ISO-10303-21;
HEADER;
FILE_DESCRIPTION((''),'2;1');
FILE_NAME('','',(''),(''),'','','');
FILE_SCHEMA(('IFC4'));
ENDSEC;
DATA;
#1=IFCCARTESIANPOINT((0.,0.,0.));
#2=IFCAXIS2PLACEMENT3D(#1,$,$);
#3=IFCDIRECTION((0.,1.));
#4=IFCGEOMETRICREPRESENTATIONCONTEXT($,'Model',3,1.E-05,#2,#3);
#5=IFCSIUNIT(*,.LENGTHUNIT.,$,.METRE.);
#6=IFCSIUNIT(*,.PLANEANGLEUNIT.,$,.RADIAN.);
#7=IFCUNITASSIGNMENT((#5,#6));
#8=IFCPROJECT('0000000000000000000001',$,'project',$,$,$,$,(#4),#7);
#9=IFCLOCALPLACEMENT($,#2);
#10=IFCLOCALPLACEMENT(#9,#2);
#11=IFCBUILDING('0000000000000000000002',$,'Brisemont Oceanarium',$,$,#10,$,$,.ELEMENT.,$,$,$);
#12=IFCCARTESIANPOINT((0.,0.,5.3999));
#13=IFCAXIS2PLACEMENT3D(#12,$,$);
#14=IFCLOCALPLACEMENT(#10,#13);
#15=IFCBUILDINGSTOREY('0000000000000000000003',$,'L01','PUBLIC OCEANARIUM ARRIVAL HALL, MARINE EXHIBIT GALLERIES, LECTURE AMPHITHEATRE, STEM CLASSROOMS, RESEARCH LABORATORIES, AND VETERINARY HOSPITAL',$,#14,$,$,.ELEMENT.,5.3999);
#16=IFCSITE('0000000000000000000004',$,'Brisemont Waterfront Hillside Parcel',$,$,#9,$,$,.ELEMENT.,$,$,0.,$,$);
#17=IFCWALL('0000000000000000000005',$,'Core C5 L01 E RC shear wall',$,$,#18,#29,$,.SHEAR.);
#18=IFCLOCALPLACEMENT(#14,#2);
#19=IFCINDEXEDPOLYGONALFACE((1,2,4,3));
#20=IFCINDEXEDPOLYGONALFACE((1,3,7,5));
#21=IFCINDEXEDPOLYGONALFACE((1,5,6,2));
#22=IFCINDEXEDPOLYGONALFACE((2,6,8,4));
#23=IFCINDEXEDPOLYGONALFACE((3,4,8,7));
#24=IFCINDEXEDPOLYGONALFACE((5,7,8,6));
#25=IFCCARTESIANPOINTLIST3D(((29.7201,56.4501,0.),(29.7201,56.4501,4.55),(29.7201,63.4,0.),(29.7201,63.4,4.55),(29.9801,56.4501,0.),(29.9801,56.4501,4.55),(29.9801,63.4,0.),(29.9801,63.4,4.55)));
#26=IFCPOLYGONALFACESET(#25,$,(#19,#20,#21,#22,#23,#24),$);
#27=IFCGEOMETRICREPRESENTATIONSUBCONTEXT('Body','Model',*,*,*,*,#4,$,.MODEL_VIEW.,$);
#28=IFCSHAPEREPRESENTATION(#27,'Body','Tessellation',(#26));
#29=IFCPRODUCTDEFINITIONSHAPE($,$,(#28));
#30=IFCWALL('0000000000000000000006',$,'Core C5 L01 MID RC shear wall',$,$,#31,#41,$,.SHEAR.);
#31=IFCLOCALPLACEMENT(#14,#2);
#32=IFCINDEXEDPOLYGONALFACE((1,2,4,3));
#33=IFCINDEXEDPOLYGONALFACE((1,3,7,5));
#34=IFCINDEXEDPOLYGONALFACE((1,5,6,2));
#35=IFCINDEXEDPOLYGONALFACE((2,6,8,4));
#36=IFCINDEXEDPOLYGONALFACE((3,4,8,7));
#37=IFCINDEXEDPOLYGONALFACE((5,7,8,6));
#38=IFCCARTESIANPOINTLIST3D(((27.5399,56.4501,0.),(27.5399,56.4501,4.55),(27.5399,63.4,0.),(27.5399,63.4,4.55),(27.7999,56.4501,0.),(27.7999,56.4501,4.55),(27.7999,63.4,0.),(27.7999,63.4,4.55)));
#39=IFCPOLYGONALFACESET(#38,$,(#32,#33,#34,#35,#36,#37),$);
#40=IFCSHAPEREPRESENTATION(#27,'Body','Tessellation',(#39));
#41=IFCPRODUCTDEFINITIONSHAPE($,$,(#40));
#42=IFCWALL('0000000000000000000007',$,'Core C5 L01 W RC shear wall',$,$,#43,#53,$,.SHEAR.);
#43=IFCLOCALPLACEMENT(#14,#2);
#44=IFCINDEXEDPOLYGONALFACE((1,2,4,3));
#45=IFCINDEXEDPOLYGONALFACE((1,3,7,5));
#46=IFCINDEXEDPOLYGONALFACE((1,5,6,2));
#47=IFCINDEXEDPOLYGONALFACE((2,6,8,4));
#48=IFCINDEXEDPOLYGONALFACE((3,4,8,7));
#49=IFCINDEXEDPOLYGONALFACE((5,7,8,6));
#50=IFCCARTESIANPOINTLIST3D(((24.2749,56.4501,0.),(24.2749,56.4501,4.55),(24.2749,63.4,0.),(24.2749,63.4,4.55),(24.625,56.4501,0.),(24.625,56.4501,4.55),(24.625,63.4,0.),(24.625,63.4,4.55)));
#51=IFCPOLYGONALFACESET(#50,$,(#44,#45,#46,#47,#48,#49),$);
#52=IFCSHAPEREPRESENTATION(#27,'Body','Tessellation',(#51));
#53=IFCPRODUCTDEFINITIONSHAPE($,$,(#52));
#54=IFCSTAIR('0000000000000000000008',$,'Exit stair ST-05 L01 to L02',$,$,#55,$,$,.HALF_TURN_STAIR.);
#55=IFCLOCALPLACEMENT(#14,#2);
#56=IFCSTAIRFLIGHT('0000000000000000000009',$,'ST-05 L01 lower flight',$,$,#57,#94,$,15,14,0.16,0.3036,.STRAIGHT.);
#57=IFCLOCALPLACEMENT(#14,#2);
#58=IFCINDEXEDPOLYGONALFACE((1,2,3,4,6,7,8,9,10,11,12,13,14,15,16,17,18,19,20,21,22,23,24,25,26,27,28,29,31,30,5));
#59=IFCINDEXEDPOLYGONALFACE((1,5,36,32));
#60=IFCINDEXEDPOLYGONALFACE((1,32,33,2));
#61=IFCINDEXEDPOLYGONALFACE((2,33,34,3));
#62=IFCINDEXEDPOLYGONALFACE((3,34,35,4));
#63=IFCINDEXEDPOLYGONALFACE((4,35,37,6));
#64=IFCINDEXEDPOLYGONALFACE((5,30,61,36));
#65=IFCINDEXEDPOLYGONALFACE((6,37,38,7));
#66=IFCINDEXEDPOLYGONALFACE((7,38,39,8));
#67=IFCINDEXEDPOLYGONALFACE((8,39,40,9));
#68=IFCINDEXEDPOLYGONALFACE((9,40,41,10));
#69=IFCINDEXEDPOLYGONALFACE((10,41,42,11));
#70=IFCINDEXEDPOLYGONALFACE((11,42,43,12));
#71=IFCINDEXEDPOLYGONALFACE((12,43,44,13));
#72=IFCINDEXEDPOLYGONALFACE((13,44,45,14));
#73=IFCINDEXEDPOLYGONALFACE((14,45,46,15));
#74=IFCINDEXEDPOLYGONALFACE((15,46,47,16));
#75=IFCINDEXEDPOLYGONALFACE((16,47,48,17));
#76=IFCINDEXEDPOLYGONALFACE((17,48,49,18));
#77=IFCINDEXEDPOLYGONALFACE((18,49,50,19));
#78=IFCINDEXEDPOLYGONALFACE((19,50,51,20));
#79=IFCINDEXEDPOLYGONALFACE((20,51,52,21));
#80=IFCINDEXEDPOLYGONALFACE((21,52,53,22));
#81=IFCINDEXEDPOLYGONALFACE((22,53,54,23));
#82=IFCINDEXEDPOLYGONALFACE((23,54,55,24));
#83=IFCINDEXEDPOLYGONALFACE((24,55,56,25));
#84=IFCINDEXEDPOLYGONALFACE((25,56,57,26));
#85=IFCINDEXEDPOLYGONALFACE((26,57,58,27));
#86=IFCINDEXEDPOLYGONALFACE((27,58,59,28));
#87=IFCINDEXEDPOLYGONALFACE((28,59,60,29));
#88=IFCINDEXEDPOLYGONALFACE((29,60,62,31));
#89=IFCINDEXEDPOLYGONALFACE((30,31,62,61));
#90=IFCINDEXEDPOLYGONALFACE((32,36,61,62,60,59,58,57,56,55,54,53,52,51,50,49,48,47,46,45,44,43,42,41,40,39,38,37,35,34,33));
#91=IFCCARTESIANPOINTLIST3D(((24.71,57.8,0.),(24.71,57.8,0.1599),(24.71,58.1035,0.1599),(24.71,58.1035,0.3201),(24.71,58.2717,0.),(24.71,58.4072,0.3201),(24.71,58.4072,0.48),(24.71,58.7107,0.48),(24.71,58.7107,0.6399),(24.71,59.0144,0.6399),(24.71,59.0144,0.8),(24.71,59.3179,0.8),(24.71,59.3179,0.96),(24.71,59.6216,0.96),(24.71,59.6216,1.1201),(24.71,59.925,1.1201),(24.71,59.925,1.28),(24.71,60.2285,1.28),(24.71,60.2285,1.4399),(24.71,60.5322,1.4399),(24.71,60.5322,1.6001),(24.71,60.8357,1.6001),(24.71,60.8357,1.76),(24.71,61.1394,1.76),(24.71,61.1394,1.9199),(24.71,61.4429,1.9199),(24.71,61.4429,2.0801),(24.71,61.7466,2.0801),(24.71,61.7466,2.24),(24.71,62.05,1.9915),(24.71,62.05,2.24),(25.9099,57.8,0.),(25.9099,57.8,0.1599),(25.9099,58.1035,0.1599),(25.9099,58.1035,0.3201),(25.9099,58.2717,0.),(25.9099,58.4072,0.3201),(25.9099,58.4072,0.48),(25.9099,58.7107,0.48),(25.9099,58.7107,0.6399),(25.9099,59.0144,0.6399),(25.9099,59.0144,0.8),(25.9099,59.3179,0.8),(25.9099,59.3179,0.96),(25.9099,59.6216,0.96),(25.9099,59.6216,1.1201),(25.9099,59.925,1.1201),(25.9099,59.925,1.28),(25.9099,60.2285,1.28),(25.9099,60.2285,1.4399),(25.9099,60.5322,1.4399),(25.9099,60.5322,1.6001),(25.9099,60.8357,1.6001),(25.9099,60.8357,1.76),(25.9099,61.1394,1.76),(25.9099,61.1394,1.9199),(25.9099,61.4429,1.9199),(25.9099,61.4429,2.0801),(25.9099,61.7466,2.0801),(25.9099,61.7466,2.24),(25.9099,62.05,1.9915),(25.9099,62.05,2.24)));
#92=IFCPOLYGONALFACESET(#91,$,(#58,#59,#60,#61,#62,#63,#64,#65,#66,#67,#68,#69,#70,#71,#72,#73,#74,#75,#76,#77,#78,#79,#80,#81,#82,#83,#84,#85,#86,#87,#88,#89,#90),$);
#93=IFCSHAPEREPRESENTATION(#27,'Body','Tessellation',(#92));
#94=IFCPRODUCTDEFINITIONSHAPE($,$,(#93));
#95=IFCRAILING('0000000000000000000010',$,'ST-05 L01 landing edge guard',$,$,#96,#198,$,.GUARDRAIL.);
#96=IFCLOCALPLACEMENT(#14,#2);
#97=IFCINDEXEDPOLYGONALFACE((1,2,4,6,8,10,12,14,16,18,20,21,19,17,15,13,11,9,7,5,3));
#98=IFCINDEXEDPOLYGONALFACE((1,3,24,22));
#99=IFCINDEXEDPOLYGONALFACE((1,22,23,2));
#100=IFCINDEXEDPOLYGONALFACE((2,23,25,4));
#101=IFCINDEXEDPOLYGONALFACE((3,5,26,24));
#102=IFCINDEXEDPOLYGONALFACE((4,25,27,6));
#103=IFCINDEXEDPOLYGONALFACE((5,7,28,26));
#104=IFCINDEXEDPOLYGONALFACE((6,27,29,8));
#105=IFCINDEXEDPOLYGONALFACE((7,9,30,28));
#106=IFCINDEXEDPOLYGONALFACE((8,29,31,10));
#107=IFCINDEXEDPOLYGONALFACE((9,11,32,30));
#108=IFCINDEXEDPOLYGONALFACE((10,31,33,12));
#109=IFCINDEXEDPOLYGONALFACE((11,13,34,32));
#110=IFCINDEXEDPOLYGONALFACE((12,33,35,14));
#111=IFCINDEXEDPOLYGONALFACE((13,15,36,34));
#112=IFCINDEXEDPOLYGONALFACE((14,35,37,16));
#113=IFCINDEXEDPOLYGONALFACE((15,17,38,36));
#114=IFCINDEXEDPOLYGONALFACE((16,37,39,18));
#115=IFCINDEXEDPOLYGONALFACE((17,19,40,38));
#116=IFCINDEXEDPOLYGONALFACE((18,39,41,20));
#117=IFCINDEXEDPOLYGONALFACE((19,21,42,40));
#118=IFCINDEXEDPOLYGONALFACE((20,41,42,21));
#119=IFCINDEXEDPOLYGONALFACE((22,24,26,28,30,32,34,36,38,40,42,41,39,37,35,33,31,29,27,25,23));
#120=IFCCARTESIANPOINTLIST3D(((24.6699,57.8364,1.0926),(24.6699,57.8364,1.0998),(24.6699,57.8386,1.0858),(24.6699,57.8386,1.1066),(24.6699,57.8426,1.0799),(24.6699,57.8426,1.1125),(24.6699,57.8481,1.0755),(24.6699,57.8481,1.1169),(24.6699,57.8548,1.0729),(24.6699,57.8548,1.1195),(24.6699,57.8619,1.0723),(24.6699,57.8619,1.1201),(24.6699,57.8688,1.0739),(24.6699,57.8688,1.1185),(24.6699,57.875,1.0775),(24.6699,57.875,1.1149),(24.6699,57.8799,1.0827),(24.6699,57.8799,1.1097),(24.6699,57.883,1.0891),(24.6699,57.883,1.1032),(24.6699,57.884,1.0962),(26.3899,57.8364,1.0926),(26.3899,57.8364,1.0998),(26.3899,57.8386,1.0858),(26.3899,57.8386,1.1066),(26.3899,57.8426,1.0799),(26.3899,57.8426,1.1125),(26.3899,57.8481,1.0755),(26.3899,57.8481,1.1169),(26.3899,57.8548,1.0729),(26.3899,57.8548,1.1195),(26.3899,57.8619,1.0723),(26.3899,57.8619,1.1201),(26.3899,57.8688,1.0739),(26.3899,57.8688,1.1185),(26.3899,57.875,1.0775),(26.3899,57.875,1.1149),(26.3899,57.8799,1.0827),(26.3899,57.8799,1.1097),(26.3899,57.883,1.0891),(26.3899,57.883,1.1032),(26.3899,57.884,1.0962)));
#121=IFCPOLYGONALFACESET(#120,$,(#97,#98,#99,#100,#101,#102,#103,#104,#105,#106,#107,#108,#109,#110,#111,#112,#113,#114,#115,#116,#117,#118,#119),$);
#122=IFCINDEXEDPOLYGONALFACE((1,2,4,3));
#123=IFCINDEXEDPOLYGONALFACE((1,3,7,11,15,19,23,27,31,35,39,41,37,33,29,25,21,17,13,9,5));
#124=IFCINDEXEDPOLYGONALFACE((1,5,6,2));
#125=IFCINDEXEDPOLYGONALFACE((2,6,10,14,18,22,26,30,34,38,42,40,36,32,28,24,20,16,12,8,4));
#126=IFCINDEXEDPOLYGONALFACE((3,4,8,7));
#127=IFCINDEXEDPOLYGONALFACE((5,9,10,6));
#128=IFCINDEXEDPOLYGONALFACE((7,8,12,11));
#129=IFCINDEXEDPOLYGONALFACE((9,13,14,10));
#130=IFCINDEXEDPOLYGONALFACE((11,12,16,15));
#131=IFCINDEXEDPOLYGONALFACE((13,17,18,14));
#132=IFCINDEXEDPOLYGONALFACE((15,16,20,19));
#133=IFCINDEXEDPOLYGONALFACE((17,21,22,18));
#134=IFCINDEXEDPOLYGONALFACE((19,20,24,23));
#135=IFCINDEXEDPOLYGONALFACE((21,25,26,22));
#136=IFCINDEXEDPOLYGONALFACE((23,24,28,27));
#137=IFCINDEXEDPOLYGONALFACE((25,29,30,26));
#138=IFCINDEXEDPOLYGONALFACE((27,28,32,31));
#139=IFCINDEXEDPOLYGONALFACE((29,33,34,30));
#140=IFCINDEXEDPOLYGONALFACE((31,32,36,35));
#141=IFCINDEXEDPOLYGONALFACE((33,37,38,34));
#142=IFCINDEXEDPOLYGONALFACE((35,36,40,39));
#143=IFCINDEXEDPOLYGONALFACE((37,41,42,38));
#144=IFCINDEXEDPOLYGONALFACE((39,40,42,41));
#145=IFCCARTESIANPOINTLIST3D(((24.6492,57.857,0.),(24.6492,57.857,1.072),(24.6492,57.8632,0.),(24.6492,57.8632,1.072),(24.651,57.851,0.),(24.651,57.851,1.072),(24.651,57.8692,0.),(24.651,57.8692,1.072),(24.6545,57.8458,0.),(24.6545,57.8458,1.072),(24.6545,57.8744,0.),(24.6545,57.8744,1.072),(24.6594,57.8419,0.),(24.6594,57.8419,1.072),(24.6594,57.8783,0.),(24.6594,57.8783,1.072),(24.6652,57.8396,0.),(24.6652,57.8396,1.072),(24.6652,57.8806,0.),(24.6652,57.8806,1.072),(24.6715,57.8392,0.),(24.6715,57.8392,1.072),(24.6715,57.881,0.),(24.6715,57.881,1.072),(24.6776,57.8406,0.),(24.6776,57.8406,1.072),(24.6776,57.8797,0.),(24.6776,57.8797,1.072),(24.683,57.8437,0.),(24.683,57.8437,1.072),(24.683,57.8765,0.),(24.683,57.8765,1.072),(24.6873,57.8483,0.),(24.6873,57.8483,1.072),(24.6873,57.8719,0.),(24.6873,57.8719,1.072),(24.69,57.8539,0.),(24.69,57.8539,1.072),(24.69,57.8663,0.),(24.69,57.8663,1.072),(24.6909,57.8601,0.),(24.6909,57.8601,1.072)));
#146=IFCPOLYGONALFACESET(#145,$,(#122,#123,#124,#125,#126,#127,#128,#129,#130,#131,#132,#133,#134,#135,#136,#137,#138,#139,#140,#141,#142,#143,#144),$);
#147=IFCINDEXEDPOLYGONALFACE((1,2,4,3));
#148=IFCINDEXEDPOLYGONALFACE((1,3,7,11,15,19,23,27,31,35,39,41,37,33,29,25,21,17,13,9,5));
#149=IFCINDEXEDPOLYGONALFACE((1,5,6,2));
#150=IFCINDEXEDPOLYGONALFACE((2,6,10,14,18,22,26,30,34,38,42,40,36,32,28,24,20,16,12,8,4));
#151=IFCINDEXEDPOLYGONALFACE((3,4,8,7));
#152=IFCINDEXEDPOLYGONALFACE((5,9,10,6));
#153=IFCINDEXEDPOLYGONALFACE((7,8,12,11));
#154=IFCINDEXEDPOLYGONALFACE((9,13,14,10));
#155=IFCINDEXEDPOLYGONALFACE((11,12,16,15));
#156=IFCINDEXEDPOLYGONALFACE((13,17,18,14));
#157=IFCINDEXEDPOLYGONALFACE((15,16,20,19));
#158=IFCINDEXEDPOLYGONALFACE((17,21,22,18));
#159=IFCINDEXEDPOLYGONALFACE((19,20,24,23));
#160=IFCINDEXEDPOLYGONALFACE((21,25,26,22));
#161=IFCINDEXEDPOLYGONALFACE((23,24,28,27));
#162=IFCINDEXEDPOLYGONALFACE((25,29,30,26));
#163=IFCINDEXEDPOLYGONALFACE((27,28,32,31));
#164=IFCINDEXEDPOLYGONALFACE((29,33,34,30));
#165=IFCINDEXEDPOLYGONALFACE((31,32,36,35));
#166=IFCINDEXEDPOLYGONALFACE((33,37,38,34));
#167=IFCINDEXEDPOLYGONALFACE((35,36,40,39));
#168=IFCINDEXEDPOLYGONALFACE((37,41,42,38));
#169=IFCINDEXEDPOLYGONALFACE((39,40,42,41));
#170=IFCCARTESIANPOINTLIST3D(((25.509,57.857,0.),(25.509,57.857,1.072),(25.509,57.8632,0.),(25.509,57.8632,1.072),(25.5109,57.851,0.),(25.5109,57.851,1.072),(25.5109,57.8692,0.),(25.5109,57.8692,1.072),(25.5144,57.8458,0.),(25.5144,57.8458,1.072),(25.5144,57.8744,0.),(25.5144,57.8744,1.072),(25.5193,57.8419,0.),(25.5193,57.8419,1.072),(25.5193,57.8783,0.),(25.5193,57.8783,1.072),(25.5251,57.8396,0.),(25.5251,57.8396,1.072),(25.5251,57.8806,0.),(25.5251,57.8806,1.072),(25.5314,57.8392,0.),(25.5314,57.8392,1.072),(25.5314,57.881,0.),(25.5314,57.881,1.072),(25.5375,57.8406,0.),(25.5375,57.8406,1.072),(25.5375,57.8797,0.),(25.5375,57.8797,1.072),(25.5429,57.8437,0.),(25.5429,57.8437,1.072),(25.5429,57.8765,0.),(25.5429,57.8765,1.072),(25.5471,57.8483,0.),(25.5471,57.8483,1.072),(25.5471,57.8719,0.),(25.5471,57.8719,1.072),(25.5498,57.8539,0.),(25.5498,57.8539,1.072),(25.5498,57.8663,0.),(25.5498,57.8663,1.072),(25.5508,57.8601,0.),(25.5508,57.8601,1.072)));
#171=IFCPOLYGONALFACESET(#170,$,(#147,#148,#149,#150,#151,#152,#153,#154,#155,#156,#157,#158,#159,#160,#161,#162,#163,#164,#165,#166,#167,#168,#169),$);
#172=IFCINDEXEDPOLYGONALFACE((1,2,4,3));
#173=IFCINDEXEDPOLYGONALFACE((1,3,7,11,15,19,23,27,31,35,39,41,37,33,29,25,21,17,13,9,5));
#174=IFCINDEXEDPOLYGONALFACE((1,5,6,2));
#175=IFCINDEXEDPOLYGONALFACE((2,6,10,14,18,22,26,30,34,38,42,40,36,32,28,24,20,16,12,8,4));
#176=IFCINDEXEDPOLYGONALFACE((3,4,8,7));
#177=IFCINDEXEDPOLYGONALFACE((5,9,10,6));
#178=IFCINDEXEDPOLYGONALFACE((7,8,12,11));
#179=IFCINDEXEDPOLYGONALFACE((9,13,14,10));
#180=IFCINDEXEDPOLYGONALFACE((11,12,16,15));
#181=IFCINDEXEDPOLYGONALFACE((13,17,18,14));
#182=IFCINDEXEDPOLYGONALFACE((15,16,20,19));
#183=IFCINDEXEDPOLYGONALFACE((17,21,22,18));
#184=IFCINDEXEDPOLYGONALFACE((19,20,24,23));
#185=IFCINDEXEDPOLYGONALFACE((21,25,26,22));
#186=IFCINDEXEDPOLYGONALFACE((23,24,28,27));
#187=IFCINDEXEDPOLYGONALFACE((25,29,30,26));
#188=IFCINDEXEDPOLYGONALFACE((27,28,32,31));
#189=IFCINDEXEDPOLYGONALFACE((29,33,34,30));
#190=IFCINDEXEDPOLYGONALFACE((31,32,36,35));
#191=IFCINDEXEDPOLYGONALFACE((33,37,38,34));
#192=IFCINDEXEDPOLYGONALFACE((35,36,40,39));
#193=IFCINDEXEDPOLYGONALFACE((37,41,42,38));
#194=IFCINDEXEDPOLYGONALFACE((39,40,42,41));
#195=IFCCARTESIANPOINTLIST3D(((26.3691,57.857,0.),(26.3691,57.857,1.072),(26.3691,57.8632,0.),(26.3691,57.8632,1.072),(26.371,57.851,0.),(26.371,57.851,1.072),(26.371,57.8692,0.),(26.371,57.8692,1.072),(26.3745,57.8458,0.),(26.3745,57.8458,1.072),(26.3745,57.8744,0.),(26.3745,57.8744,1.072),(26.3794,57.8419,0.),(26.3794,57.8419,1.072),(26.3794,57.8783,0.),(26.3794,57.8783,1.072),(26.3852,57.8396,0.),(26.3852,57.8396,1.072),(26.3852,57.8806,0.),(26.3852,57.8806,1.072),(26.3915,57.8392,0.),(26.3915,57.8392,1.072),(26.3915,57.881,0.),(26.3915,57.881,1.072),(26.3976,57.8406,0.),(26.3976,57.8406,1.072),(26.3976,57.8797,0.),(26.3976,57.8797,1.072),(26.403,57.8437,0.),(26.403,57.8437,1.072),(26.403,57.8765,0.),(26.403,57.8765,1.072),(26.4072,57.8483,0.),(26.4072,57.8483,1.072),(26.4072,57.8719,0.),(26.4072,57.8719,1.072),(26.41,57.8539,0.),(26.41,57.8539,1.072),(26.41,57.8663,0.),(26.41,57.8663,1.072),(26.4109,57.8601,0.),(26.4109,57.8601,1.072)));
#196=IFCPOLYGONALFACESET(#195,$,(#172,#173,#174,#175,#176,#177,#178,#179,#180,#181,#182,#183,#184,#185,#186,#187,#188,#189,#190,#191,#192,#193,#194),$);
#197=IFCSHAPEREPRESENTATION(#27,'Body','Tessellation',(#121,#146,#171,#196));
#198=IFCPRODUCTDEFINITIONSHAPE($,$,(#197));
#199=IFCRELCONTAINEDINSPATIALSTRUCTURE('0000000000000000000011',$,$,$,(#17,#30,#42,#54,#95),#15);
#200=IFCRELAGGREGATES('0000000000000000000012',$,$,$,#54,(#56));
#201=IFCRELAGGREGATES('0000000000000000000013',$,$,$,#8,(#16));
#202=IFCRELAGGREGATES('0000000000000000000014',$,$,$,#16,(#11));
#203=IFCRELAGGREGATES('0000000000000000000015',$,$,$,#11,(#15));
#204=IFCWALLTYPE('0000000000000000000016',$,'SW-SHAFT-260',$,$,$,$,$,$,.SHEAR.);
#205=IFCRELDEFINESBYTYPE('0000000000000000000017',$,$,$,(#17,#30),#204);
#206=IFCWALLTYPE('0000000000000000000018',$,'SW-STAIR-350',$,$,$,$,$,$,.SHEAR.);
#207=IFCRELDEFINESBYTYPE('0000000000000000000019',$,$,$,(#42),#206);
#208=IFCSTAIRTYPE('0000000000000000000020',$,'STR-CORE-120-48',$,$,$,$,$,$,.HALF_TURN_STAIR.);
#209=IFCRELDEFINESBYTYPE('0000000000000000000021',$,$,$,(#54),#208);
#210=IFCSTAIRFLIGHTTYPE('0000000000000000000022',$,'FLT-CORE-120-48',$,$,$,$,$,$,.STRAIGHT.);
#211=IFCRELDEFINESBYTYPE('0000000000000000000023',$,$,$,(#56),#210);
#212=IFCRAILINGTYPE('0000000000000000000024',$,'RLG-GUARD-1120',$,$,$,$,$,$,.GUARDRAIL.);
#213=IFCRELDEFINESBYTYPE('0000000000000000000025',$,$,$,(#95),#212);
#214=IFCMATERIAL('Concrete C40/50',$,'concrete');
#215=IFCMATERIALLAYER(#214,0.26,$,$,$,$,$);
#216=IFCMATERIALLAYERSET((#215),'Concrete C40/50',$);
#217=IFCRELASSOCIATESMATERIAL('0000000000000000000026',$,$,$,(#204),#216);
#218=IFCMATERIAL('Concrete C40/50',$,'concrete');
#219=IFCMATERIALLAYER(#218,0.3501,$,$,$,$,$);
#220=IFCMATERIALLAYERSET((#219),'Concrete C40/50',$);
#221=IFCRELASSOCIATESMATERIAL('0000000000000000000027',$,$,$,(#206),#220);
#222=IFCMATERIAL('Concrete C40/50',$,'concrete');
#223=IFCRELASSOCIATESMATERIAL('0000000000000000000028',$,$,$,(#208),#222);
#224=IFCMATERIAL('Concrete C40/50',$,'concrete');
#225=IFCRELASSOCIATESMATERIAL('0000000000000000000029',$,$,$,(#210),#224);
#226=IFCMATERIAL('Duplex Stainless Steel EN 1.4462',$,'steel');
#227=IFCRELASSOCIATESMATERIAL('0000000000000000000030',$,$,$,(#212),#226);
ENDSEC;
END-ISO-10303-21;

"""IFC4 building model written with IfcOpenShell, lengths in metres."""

from ifc_helpers import new_model, si_unit, direction, frame, frame_2d, origin, origin_2d, place, context, subcontext, project, spatial, polyline, rectangle, circle, outline, extrude, material, layer, layer_set, type_object, element, aggregate, save


model = new_model("IFC4")

# Units and contexts
model_context = context("Model", 3, precision=1e-05, world=origin(), true_north=direction((0.0, 1.0)))
body_context = subcontext(model_context, "Body", "Model", "MODEL_VIEW")
ifc_project = project(units=[si_unit("LENGTHUNIT", "METRE"), si_unit("PLANEANGLEUNIT", "RADIAN")], contexts=[model_context])

# Site, building, storey
site_placement = place(None, origin())
site = spatial("IfcSite", under=ifc_project, at=site_placement, Name="Brisemont Waterfront Hillside Parcel", CompositionType="ELEMENT", RefElevation=0.0)
building_placement = place(site_placement, origin())
building = spatial("IfcBuilding", under=site, at=building_placement, Name="Brisemont Oceanarium", CompositionType="ELEMENT")
storey_placement = place(building_placement, frame((0.0, 0.0, 5.3999)))
storey = spatial("IfcBuildingStorey", under=building, at=storey_placement, Name="L01", Description="PUBLIC OCEANARIUM ARRIVAL HALL, MARINE EXHIBIT GALLERIES, LECTURE AMPHITHEATRE, STEM CLASSROOMS, RESEARCH LABORATORIES, AND VETERINARY HOSPITAL", CompositionType="ELEMENT", Elevation=5.3999)

# Walls
ifc_material_1 = material(Name="Concrete C40/50", Category="concrete")
ifc_layer_1 = layer(ifc_material_1, 0.26)
ifc_layer_set_1 = layer_set([ifc_layer_1], Name="Concrete C40/50")
wall_type_1 = type_object("IfcWallType", Name="SW-SHAFT-260", PredefinedType="SHEAR", material=ifc_layer_set_1)
for number, where, z_axis, x_axis, name in (
    (1, (29.8501, 56.45, 0.0), (0.0, 0.0, 1.0), (0.0, 1.0, 0.0), "Core C5 L01 E RC shear wall"),
    (2, (27.6699, 56.45, 0.0), (0.0, 0.0, 1.0), (0.0, 1.0, 0.0), "Core C5 L01 MID RC shear wall"),
):
    element("IfcWall", number, at=place(storey_placement, frame(where, z_axis=z_axis, x_axis=x_axis)), inside=storey, type_object=wall_type_1, Name=name, PredefinedType="SHEAR", context=body_context, shape_type="SweptSolid", body=[
        extrude(rectangle(XDim=6.95, YDim=0.26, at=frame_2d((3.4751, 0.0))), origin(), (0.0, 0.0, 1.0), 4.55),
    ])

# Shared definitions
ifc_material_2 = material(Name="Concrete C40/50", Category="concrete")
ifc_layer_2 = layer(ifc_material_2, 0.3501)
ifc_layer_set_2 = layer_set([ifc_layer_2], Name="Concrete C40/50")
wall_type_2 = type_object("IfcWallType", Name="SW-STAIR-350", PredefinedType="SHEAR", material=ifc_layer_set_2)

# Wall
wall_1_placement = place(storey_placement, frame((24.45, 56.45, 0.0), z_axis=(0.0, 0.0, 1.0), x_axis=(0.0, 1.0, 0.0)))
element("IfcWall", 3, at=wall_1_placement, inside=storey, type_object=wall_type_2, Name="Core C5 L01 W RC shear wall", PredefinedType="SHEAR", context=body_context, shape_type="SweptSolid", body=[
    extrude(rectangle(XDim=6.95, YDim=0.3501, at=frame_2d((3.4751, 0.0))), origin(), (0.0, 0.0, 1.0), 4.55),
])

# Stair, stair flight
ifc_material_3 = material(Name="Concrete C40/50", Category="concrete")
stair_type = type_object("IfcStairType", Name="STR-CORE-120-48", PredefinedType="HALF_TURN_STAIR", material=ifc_material_3)
stair_placement = place(storey_placement, origin())
stair = element("IfcStair", 4, at=stair_placement, inside=storey, type_object=stair_type, Name="Exit stair ST-05 L01 to L02", PredefinedType="HALF_TURN_STAIR")
ifc_material_4 = material(Name="Concrete C40/50", Category="concrete")
stair_flight_type = type_object("IfcStairFlightType", Name="FLT-CORE-120-48", PredefinedType="STRAIGHT", material=ifc_material_4)
stair_flight_placement = place(storey_placement, frame((25.3101, 57.8, 0.0), z_axis=(0.0, 0.0, 1.0), x_axis=(0.0, 1.0, 0.0)))
stair_flight = element("IfcStairFlight", 5, at=stair_flight_placement, type_object=stair_flight_type, Name="ST-05 L01 lower flight", NumberOfRisers=15, NumberOfTreads=14, PredefinedType="STRAIGHT", RiserHeight=0.16, TreadLength=0.3036, context=body_context, shape_type="SweptSolid", body=[
    extrude(outline(polyline([(0.0, 0.0), (0.0, 0.1599), (0.3035, 0.1599), (0.3035, 0.3201), (0.6072, 0.3201), (0.6072, 0.48), (0.9106, 0.48), (0.9106, 0.6399), (1.2144, 0.6399), (1.2144, 0.8), (1.5178, 0.8), (1.5178, 0.96), (1.8215, 0.96), (1.8215, 1.1201), (2.125, 1.1201), (2.125, 1.28), (2.4285, 1.28), (2.4285, 1.4399), (2.7322, 1.4399), (2.7322, 1.6001), (3.0356, 1.6001), (3.0356, 1.76), (3.3394, 1.76), (3.3394, 1.9199), (3.6428, 1.9199), (3.6428, 2.0801), (3.9465, 2.0801), (3.9465, 2.24), (4.25, 2.24), (4.25, 2.3999), (4.25, 1.9915), (0.4717, 0.0), (0.0, 0.0)])), frame((0.0, 0.6001, 0.0), z_axis=(0.0, -1.0, 0.0), x_axis=(1.0, 0.0, 0.0)), (0.0, 0.0, 1.0), 1.2),
])
aggregate(stair, [stair_flight])

# Railing
ifc_material_5 = material(Name="Duplex Stainless Steel EN 1.4462", Category="steel")
railing_type_1 = type_object("IfcRailingType", Name="RLG-GUARD-1120", PredefinedType="GUARDRAIL", material=ifc_material_5)
railing_1_placement = place(storey_placement, frame((24.6699, 57.8601, 0.0)))
element("IfcRailing", 6, at=railing_1_placement, inside=storey, type_object=railing_type_1, Name="ST-05 L01 landing edge guard", PredefinedType="GUARDRAIL", context=body_context, shape_type="SweptSolid", body=[
    extrude(circle(Radius=0.0239, at=origin_2d()), frame((0.0, 0.0, 1.0962), z_axis=(1.0, 0.0, 0.0), x_axis=(0.0, 1.0, 0.0)), (0.0, 0.0, 1.0), 1.72),
    extrude(circle(Radius=0.021, at=origin_2d()), origin(), (0.0, 0.0, 1.0), 1.072),
    extrude(circle(Radius=0.021, at=origin_2d()), frame((0.8599, 0.0, 0.0)), (0.0, 0.0, 1.0), 1.072),
    extrude(circle(Radius=0.021, at=origin_2d()), frame((1.72, 0.0, 0.0)), (0.0, 0.0, 1.0), 1.072),
])

save(model, "model.ifc")
